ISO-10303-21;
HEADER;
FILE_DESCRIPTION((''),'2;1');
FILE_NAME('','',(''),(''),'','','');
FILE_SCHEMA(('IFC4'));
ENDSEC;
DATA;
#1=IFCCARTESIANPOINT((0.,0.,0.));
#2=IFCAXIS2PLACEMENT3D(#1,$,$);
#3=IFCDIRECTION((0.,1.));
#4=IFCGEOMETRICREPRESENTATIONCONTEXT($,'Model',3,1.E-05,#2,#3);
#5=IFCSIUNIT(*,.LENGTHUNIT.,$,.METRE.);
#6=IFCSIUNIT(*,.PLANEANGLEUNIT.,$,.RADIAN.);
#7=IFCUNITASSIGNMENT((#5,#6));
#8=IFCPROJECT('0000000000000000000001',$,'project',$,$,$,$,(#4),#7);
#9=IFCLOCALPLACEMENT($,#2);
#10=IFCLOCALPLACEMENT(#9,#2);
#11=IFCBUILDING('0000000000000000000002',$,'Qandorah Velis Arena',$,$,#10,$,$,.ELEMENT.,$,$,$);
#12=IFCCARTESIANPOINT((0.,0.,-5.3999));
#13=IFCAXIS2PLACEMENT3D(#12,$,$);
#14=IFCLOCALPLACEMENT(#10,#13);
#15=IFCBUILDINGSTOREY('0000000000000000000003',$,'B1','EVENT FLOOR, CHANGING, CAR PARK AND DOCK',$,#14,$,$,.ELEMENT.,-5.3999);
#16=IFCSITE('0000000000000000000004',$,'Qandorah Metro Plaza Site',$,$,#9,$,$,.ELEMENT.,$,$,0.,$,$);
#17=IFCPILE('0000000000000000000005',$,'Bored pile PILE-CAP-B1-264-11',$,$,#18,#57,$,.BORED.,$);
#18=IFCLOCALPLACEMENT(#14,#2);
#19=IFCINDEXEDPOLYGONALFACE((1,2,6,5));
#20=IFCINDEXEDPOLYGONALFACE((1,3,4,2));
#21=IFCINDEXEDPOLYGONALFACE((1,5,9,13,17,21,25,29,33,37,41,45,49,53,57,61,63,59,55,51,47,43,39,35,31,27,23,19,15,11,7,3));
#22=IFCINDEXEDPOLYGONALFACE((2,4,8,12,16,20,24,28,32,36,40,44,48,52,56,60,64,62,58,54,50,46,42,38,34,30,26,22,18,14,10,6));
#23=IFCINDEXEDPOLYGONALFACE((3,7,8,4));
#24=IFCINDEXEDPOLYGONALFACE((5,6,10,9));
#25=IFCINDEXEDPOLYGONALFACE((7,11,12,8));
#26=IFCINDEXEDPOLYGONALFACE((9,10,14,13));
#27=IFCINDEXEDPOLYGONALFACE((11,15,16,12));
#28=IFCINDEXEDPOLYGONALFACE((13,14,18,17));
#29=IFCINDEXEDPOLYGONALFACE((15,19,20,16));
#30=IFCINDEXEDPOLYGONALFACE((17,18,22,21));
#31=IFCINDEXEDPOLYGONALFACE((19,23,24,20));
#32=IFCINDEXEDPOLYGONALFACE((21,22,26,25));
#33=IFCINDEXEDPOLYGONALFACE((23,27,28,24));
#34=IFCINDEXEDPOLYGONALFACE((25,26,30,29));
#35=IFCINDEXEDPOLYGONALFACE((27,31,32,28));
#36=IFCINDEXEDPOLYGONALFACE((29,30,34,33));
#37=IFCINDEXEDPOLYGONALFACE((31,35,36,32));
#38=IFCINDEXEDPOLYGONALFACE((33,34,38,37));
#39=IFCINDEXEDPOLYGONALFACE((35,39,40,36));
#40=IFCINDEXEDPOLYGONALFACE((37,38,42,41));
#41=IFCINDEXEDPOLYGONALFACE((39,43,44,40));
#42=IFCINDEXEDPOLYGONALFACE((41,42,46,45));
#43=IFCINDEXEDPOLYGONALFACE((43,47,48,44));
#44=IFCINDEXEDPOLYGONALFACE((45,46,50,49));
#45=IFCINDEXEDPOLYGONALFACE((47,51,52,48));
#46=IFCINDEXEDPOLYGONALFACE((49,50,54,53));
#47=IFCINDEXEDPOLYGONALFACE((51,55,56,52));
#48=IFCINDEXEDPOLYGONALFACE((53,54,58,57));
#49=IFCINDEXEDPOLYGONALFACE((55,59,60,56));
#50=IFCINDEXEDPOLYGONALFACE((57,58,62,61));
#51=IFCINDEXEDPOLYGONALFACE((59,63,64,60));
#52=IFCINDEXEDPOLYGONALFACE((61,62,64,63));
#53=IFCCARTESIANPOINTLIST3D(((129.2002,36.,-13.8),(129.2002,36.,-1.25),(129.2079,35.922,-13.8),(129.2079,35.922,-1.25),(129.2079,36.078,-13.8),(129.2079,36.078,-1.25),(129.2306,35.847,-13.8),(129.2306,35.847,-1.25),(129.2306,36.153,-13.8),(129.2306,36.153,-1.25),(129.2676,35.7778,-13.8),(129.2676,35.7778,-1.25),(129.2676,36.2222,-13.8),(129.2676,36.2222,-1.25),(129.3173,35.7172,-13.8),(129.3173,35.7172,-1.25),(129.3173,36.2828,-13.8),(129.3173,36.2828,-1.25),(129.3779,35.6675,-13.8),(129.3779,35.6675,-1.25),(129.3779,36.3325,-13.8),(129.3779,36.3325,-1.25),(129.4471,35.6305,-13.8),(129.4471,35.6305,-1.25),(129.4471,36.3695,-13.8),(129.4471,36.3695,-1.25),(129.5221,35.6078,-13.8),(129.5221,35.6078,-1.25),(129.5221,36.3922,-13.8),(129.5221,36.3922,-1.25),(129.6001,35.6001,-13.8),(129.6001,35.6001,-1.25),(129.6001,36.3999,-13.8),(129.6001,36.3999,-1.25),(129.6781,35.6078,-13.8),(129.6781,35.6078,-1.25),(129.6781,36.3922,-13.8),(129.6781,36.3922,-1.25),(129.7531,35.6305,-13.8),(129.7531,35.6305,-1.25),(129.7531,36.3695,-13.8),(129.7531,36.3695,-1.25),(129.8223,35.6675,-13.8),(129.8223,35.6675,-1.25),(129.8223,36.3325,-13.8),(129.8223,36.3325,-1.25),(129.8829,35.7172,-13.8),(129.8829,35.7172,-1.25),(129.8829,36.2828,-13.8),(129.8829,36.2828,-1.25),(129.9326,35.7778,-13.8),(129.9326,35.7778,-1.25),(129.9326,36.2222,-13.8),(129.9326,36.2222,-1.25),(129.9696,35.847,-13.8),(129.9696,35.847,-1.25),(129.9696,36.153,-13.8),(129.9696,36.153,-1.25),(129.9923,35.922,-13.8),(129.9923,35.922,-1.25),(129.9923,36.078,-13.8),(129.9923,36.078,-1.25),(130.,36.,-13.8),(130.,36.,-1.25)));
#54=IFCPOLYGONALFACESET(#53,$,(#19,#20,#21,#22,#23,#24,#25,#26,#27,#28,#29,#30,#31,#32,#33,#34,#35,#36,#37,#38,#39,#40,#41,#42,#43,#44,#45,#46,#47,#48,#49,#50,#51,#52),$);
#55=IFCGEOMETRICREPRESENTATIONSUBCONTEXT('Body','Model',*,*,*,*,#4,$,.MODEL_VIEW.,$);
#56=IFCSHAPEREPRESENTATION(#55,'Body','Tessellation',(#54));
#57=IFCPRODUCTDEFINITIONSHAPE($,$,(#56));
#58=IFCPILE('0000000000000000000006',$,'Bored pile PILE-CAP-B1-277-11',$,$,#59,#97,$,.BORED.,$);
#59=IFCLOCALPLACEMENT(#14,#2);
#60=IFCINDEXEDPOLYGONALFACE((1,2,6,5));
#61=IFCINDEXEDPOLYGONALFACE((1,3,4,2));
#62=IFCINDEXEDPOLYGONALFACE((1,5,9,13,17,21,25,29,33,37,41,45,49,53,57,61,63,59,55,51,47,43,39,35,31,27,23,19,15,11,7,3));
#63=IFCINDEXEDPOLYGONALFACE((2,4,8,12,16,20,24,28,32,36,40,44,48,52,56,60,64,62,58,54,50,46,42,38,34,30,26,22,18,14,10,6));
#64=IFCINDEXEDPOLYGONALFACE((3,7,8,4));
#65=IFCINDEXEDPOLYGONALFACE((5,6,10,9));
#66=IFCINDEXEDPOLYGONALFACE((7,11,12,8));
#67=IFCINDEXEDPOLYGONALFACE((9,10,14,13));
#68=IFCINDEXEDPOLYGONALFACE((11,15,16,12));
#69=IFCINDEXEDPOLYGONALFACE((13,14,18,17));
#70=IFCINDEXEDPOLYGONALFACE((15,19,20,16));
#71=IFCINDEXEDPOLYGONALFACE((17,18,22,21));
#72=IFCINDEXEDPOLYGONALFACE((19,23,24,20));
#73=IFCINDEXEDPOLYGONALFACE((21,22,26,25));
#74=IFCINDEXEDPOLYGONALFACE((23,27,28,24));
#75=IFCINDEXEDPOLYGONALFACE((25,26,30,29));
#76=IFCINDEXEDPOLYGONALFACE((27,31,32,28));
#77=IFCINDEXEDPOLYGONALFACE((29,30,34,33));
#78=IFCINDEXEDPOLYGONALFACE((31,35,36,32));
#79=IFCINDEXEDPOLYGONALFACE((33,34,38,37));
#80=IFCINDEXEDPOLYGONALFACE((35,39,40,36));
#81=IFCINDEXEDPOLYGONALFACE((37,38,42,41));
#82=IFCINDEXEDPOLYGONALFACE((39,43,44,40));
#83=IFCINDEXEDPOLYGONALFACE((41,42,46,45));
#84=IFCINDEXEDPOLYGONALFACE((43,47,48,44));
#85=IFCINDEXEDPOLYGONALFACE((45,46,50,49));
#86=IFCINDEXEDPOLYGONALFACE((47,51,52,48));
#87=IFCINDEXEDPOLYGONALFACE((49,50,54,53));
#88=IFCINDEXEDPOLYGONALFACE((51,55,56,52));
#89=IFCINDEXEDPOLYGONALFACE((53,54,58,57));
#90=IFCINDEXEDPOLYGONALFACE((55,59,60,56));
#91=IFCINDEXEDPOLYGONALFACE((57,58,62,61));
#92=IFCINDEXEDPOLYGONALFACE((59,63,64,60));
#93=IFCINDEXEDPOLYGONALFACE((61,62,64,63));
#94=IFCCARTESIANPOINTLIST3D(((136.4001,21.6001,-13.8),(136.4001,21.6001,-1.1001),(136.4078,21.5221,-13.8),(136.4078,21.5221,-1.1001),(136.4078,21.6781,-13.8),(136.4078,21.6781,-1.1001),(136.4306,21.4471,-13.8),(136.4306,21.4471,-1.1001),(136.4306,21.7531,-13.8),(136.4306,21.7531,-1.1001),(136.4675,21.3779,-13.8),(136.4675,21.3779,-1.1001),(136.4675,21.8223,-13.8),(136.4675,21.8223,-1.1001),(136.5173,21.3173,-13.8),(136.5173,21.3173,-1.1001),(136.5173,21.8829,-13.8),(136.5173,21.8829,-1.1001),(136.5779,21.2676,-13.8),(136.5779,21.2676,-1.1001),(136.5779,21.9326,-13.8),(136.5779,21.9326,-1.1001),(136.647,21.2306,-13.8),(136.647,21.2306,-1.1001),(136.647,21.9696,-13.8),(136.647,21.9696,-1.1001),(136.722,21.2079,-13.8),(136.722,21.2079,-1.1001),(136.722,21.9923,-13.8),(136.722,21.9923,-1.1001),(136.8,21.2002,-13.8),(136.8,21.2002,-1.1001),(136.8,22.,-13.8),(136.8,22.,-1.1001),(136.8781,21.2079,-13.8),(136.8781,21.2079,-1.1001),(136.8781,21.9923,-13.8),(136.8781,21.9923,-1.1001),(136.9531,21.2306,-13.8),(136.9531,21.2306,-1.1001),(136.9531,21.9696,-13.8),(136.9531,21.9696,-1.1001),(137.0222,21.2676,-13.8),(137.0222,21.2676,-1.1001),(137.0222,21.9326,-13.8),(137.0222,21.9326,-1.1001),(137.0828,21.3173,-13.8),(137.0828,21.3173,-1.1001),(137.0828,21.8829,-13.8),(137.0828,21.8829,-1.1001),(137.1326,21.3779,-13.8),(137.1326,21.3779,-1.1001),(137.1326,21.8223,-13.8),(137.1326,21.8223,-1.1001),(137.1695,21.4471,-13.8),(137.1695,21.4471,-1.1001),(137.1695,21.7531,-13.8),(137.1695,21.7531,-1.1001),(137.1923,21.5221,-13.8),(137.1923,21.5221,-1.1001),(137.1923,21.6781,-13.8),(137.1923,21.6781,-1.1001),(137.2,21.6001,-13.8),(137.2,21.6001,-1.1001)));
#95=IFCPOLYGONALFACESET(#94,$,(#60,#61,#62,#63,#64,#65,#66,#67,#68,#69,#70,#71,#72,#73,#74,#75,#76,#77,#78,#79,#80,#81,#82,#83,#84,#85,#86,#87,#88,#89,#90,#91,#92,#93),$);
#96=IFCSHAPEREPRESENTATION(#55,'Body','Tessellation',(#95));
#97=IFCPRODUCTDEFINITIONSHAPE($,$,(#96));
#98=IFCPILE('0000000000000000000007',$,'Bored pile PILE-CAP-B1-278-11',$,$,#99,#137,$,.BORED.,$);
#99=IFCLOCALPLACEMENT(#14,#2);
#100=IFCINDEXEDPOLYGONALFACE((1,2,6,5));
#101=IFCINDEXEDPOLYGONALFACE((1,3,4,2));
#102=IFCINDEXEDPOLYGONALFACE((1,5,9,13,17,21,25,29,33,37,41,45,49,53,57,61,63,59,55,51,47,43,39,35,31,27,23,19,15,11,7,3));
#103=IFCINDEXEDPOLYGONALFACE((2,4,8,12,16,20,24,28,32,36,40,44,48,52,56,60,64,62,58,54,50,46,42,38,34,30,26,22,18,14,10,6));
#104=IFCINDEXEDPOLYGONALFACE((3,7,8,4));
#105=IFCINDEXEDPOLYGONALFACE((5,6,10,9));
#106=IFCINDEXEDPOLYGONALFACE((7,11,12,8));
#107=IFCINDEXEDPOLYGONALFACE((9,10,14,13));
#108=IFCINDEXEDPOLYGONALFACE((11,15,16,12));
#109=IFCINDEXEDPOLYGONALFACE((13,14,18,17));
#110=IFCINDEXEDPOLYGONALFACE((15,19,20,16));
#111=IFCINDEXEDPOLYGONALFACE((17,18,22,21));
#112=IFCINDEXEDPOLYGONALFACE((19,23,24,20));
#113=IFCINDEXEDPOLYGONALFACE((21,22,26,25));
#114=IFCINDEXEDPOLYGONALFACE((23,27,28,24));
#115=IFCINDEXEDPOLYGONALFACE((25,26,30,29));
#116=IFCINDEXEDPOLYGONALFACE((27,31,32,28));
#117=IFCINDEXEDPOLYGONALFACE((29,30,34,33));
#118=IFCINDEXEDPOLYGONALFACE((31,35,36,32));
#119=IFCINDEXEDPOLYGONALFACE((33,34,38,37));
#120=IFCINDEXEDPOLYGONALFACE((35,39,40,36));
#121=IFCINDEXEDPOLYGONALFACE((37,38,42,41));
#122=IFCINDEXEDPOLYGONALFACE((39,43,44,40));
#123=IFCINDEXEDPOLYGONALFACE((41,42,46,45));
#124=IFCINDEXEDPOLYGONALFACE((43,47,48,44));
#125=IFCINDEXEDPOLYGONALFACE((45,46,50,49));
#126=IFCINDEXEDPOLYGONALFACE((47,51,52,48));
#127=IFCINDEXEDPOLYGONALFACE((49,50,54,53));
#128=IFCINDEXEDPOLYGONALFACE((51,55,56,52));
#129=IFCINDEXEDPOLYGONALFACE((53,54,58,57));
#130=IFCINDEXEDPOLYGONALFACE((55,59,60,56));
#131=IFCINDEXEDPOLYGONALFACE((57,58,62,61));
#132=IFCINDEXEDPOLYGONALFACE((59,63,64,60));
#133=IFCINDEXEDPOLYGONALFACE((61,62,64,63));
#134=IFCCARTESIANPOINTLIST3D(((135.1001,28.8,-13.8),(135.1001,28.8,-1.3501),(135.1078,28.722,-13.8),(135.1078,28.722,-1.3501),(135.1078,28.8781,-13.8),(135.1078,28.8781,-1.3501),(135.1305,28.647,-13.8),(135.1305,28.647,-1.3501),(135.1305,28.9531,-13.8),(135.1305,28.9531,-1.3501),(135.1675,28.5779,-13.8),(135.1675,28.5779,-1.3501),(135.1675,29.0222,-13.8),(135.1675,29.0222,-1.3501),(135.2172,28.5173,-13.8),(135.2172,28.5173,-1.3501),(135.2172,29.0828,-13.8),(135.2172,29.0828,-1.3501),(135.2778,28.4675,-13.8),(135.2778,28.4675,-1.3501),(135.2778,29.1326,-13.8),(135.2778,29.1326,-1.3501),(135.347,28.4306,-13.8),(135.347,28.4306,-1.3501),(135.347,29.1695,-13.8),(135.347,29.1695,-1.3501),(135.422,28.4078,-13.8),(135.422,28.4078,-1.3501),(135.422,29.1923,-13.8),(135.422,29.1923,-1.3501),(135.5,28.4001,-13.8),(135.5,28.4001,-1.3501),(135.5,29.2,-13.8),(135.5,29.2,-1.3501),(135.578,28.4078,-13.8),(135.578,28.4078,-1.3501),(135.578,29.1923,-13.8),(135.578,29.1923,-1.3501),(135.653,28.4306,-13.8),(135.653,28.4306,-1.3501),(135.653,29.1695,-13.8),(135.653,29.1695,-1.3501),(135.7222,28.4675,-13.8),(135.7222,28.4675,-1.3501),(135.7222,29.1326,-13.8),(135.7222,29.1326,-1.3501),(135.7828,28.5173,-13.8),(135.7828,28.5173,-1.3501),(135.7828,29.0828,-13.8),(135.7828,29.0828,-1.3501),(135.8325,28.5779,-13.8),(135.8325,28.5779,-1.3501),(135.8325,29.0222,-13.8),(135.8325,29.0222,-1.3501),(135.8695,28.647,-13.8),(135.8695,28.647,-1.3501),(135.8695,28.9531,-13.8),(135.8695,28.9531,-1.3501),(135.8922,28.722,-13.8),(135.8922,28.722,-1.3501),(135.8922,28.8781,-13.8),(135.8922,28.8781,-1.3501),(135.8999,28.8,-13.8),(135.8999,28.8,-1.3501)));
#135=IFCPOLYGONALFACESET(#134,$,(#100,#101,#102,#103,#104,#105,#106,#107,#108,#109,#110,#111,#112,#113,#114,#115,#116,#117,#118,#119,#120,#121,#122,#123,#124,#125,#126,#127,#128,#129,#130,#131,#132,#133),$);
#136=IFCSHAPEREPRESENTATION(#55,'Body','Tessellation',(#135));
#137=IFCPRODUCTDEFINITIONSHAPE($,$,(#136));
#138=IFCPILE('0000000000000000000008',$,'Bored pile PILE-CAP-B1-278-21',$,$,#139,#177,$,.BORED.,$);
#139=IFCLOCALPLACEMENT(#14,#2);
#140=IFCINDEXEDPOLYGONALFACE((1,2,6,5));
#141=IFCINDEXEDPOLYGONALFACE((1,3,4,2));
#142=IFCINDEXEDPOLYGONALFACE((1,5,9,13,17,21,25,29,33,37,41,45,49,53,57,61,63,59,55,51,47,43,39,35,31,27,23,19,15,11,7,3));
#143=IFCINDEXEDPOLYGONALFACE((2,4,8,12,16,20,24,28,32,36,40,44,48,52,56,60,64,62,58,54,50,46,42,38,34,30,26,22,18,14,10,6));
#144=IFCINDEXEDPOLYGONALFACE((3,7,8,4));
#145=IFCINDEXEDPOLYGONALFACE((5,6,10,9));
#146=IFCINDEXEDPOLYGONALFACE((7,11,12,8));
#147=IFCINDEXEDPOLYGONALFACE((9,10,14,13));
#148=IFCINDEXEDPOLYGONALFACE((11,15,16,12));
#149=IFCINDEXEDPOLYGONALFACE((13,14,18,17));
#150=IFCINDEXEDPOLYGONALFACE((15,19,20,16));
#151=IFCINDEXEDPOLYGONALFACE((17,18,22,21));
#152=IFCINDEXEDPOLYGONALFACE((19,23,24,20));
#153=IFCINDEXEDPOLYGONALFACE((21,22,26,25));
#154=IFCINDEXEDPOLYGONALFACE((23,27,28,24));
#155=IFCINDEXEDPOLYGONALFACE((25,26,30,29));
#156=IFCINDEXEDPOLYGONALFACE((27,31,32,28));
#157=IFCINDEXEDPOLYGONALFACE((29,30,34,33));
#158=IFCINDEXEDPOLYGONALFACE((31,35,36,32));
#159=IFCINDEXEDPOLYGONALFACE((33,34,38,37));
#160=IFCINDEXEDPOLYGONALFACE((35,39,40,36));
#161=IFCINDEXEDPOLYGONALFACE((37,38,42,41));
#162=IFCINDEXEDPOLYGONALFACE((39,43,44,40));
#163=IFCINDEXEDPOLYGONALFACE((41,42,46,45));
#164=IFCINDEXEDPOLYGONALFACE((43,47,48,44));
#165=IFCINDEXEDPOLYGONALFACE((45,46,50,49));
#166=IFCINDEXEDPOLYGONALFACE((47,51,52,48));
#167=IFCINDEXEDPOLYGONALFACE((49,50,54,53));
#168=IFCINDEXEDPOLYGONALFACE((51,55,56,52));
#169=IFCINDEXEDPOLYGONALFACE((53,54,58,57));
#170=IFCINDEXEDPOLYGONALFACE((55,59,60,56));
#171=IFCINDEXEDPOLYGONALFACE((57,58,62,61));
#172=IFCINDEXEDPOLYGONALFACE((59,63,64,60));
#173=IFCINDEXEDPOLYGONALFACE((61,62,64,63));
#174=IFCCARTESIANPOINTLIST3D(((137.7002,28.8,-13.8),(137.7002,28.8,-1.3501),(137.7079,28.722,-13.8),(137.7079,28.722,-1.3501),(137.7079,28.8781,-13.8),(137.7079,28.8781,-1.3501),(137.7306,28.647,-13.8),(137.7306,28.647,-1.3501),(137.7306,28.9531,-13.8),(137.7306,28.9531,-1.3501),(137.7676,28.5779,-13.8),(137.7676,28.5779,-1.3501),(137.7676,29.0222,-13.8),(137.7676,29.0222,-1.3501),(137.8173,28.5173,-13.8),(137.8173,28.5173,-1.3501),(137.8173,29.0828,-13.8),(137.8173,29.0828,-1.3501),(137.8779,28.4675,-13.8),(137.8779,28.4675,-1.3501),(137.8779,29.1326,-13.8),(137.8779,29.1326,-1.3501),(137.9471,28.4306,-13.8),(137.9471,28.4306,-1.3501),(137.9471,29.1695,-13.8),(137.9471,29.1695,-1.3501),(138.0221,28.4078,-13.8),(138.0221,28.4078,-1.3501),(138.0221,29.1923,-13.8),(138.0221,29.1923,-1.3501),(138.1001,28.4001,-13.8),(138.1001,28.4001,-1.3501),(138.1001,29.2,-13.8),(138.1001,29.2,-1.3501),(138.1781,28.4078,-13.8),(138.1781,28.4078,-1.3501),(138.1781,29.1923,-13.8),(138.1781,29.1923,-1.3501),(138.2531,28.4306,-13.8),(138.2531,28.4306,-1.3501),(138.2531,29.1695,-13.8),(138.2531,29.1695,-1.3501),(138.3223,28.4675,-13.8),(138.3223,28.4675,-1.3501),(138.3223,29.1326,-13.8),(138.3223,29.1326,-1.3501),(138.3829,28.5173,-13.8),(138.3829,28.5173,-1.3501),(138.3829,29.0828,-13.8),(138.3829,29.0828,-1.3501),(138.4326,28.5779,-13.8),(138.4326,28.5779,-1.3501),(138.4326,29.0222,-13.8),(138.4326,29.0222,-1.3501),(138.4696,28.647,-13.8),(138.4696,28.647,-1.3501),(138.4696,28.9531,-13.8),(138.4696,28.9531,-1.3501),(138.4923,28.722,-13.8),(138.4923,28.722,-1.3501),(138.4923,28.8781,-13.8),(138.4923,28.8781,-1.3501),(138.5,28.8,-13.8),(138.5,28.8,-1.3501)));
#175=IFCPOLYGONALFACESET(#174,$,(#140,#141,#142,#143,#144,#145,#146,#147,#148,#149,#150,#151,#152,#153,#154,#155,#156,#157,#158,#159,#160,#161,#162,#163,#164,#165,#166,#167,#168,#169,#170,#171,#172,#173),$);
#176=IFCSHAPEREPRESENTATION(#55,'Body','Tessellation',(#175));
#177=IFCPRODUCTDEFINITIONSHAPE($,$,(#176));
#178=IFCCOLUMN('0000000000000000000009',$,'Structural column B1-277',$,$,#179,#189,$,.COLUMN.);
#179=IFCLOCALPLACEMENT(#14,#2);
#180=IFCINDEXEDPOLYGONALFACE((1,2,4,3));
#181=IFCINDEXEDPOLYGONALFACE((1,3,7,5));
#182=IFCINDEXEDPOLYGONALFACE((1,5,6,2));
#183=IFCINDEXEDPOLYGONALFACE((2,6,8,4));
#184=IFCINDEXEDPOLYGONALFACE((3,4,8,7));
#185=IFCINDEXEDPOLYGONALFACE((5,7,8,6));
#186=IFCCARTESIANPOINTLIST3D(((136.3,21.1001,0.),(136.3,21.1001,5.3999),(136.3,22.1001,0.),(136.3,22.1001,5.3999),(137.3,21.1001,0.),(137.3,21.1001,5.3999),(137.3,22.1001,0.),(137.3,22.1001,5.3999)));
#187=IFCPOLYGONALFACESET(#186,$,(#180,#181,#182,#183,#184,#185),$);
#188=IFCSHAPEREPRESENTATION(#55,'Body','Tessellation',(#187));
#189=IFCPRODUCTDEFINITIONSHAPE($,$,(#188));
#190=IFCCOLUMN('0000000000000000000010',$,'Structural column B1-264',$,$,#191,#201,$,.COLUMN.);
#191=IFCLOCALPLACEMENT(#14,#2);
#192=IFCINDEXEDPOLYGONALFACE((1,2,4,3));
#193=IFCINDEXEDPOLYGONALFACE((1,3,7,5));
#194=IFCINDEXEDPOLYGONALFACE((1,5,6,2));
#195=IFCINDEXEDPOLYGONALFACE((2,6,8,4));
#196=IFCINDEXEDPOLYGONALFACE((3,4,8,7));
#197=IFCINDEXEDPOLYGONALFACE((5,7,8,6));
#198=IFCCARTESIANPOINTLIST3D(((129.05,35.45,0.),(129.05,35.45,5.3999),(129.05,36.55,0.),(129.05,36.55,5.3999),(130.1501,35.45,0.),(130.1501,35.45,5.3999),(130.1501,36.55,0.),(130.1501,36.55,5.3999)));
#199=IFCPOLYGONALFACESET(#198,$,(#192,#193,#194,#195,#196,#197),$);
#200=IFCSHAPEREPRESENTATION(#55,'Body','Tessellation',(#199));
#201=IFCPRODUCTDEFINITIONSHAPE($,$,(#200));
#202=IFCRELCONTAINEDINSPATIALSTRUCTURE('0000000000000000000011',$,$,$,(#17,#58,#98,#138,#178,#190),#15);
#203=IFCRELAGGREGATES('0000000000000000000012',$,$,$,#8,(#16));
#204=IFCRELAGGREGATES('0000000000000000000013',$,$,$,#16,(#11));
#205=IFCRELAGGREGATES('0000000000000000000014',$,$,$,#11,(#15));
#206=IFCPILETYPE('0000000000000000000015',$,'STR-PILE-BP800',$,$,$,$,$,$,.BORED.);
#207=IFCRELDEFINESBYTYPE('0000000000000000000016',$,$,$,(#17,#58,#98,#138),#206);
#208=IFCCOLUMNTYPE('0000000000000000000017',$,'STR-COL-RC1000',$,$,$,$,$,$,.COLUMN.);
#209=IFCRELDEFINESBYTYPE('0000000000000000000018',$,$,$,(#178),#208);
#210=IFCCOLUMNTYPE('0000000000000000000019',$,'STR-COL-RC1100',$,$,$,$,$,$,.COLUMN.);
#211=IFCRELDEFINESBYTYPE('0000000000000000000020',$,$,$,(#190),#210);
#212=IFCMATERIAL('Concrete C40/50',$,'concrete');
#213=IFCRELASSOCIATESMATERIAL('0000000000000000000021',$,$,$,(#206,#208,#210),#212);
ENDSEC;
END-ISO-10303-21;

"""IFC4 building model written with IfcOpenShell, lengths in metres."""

from ifc_helpers import new_model, si_unit, direction, frame, origin, origin_2d, place, context, subcontext, project, spatial, rectangle, circle, extrude, material, material_profile, profile_set, type_object, element, save


model = new_model("IFC4")

# Units and contexts
model_context = context("Model", 3, precision=1e-05, world=origin(), true_north=direction((0.0, 1.0)))
body_context = subcontext(model_context, "Body", "Model", "MODEL_VIEW")
ifc_project = project(units=[si_unit("LENGTHUNIT", "METRE"), si_unit("PLANEANGLEUNIT", "RADIAN")], contexts=[model_context])

# Site, building, storey
site_placement = place(None, origin())
site = spatial("IfcSite", under=ifc_project, at=site_placement, Name="Qandorah Metro Plaza Site", CompositionType="ELEMENT", RefElevation=0.0)
building_placement = place(site_placement, origin())
building = spatial("IfcBuilding", under=site, at=building_placement, Name="Qandorah Velis Arena", CompositionType="ELEMENT")
storey_placement = place(building_placement, frame((0.0, 0.0, -5.3999)))
storey = spatial("IfcBuildingStorey", under=building, at=storey_placement, Name="B1", Description="EVENT FLOOR, CHANGING, CAR PARK AND DOCK", CompositionType="ELEMENT", Elevation=-5.3999)

# Shared definitions
ifc_material_1 = material(Name="Concrete C40/50", Category="concrete")

# Piles
ifc_material_profile_1 = material_profile(ifc_material_1, circle(Radius=0.3999, at=origin_2d()), Name="BORED PILE D800")
ifc_profile_set_1 = profile_set([ifc_material_profile_1], Name="Concrete C40/50")
pile_type_1 = type_object("IfcPileType", Name="STR-PILE-BP800", PredefinedType="BORED", material=ifc_profile_set_1)
pile_1_placement = place(storey_placement, frame((129.6001, 36.0, -1.25), z_axis=(0.0, 0.0, -1.0), x_axis=(1.0, 0.0, 0.0)))
element("IfcPile", 1, at=pile_1_placement, inside=storey, type_object=pile_type_1, Name="Bored pile PILE-CAP-B1-264-11", PredefinedType="BORED", context=body_context, shape_type="SweptSolid", body=[
    extrude(circle(Radius=0.3999, at=origin_2d()), origin(), (0.0, 0.0, 1.0), 12.55),
])
pile_2_placement = place(storey_placement, frame((136.8, 21.6001, -1.1001), z_axis=(0.0, 0.0, -1.0), x_axis=(1.0, 0.0, 0.0)))
element("IfcPile", 2, at=pile_2_placement, inside=storey, type_object=pile_type_1, Name="Bored pile PILE-CAP-B1-277-11", PredefinedType="BORED", context=body_context, shape_type="SweptSolid", body=[
    extrude(circle(Radius=0.3999, at=origin_2d()), origin(), (0.0, 0.0, 1.0), 12.7),
])
for number, where, z_axis, x_axis, name in (
    (3, (135.5, 28.8, -1.3501), (0.0, 0.0, -1.0), (1.0, 0.0, 0.0), "Bored pile PILE-CAP-B1-278-11"),
    (4, (138.1001, 28.8, -1.3501), (0.0, 0.0, -1.0), (1.0, 0.0, 0.0), "Bored pile PILE-CAP-B1-278-21"),
):
    element("IfcPile", number, at=place(storey_placement, frame(where, z_axis=z_axis, x_axis=x_axis)), inside=storey, type_object=pile_type_1, Name=name, PredefinedType="BORED", context=body_context, shape_type="SweptSolid", body=[
        extrude(circle(Radius=0.3999, at=origin_2d()), origin(), (0.0, 0.0, 1.0), 12.45),
    ])

# Columns
ifc_material_profile_2 = material_profile(ifc_material_1, rectangle(XDim=1.0, YDim=1.0, at=origin_2d()), Name="RC COL 1000x1000")
ifc_profile_set_2 = profile_set([ifc_material_profile_2], Name="Concrete C40/50")
column_type_1 = type_object("IfcColumnType", Name="STR-COL-RC1000", PredefinedType="COLUMN", material=ifc_profile_set_2)
column_placement = place(storey_placement, frame((136.8, 21.6001, 0.0), z_axis=(0.0, 0.0, 1.0), x_axis=(1.0, 0.0, 0.0)))
element("IfcColumn", 5, at=column_placement, inside=storey, type_object=column_type_1, Name="Structural column B1-277", PredefinedType="COLUMN", context=body_context, shape_type="SweptSolid", body=[
    extrude(rectangle(XDim=1.0, YDim=1.0, at=origin_2d()), origin(), (0.0, 0.0, 1.0), 5.3999),
])
ifc_material_profile_3 = material_profile(ifc_material_1, rectangle(XDim=1.1001, YDim=1.1001, at=origin_2d()), Name="RC COL 1100x1100")
ifc_profile_set_3 = profile_set([ifc_material_profile_3], Name="Concrete C40/50")
column_type_2 = type_object("IfcColumnType", Name="STR-COL-RC1100", PredefinedType="COLUMN", material=ifc_profile_set_3)
for number, where, z_axis, x_axis, name in (
    (6, (129.6001, 36.0, 0.0), (0.0, 0.0, 1.0), (1.0, 0.0, 0.0), "Structural column B1-264"),
):
    element("IfcColumn", number, at=place(storey_placement, frame(where, z_axis=z_axis, x_axis=x_axis)), inside=storey, type_object=column_type_2, Name=name, PredefinedType="COLUMN", context=body_context, shape_type="SweptSolid", body=[
        extrude(rectangle(XDim=1.1001, YDim=1.1001, at=origin_2d()), origin(), (0.0, 0.0, 1.0), 5.3999),
    ])

save(model, "model.ifc")
